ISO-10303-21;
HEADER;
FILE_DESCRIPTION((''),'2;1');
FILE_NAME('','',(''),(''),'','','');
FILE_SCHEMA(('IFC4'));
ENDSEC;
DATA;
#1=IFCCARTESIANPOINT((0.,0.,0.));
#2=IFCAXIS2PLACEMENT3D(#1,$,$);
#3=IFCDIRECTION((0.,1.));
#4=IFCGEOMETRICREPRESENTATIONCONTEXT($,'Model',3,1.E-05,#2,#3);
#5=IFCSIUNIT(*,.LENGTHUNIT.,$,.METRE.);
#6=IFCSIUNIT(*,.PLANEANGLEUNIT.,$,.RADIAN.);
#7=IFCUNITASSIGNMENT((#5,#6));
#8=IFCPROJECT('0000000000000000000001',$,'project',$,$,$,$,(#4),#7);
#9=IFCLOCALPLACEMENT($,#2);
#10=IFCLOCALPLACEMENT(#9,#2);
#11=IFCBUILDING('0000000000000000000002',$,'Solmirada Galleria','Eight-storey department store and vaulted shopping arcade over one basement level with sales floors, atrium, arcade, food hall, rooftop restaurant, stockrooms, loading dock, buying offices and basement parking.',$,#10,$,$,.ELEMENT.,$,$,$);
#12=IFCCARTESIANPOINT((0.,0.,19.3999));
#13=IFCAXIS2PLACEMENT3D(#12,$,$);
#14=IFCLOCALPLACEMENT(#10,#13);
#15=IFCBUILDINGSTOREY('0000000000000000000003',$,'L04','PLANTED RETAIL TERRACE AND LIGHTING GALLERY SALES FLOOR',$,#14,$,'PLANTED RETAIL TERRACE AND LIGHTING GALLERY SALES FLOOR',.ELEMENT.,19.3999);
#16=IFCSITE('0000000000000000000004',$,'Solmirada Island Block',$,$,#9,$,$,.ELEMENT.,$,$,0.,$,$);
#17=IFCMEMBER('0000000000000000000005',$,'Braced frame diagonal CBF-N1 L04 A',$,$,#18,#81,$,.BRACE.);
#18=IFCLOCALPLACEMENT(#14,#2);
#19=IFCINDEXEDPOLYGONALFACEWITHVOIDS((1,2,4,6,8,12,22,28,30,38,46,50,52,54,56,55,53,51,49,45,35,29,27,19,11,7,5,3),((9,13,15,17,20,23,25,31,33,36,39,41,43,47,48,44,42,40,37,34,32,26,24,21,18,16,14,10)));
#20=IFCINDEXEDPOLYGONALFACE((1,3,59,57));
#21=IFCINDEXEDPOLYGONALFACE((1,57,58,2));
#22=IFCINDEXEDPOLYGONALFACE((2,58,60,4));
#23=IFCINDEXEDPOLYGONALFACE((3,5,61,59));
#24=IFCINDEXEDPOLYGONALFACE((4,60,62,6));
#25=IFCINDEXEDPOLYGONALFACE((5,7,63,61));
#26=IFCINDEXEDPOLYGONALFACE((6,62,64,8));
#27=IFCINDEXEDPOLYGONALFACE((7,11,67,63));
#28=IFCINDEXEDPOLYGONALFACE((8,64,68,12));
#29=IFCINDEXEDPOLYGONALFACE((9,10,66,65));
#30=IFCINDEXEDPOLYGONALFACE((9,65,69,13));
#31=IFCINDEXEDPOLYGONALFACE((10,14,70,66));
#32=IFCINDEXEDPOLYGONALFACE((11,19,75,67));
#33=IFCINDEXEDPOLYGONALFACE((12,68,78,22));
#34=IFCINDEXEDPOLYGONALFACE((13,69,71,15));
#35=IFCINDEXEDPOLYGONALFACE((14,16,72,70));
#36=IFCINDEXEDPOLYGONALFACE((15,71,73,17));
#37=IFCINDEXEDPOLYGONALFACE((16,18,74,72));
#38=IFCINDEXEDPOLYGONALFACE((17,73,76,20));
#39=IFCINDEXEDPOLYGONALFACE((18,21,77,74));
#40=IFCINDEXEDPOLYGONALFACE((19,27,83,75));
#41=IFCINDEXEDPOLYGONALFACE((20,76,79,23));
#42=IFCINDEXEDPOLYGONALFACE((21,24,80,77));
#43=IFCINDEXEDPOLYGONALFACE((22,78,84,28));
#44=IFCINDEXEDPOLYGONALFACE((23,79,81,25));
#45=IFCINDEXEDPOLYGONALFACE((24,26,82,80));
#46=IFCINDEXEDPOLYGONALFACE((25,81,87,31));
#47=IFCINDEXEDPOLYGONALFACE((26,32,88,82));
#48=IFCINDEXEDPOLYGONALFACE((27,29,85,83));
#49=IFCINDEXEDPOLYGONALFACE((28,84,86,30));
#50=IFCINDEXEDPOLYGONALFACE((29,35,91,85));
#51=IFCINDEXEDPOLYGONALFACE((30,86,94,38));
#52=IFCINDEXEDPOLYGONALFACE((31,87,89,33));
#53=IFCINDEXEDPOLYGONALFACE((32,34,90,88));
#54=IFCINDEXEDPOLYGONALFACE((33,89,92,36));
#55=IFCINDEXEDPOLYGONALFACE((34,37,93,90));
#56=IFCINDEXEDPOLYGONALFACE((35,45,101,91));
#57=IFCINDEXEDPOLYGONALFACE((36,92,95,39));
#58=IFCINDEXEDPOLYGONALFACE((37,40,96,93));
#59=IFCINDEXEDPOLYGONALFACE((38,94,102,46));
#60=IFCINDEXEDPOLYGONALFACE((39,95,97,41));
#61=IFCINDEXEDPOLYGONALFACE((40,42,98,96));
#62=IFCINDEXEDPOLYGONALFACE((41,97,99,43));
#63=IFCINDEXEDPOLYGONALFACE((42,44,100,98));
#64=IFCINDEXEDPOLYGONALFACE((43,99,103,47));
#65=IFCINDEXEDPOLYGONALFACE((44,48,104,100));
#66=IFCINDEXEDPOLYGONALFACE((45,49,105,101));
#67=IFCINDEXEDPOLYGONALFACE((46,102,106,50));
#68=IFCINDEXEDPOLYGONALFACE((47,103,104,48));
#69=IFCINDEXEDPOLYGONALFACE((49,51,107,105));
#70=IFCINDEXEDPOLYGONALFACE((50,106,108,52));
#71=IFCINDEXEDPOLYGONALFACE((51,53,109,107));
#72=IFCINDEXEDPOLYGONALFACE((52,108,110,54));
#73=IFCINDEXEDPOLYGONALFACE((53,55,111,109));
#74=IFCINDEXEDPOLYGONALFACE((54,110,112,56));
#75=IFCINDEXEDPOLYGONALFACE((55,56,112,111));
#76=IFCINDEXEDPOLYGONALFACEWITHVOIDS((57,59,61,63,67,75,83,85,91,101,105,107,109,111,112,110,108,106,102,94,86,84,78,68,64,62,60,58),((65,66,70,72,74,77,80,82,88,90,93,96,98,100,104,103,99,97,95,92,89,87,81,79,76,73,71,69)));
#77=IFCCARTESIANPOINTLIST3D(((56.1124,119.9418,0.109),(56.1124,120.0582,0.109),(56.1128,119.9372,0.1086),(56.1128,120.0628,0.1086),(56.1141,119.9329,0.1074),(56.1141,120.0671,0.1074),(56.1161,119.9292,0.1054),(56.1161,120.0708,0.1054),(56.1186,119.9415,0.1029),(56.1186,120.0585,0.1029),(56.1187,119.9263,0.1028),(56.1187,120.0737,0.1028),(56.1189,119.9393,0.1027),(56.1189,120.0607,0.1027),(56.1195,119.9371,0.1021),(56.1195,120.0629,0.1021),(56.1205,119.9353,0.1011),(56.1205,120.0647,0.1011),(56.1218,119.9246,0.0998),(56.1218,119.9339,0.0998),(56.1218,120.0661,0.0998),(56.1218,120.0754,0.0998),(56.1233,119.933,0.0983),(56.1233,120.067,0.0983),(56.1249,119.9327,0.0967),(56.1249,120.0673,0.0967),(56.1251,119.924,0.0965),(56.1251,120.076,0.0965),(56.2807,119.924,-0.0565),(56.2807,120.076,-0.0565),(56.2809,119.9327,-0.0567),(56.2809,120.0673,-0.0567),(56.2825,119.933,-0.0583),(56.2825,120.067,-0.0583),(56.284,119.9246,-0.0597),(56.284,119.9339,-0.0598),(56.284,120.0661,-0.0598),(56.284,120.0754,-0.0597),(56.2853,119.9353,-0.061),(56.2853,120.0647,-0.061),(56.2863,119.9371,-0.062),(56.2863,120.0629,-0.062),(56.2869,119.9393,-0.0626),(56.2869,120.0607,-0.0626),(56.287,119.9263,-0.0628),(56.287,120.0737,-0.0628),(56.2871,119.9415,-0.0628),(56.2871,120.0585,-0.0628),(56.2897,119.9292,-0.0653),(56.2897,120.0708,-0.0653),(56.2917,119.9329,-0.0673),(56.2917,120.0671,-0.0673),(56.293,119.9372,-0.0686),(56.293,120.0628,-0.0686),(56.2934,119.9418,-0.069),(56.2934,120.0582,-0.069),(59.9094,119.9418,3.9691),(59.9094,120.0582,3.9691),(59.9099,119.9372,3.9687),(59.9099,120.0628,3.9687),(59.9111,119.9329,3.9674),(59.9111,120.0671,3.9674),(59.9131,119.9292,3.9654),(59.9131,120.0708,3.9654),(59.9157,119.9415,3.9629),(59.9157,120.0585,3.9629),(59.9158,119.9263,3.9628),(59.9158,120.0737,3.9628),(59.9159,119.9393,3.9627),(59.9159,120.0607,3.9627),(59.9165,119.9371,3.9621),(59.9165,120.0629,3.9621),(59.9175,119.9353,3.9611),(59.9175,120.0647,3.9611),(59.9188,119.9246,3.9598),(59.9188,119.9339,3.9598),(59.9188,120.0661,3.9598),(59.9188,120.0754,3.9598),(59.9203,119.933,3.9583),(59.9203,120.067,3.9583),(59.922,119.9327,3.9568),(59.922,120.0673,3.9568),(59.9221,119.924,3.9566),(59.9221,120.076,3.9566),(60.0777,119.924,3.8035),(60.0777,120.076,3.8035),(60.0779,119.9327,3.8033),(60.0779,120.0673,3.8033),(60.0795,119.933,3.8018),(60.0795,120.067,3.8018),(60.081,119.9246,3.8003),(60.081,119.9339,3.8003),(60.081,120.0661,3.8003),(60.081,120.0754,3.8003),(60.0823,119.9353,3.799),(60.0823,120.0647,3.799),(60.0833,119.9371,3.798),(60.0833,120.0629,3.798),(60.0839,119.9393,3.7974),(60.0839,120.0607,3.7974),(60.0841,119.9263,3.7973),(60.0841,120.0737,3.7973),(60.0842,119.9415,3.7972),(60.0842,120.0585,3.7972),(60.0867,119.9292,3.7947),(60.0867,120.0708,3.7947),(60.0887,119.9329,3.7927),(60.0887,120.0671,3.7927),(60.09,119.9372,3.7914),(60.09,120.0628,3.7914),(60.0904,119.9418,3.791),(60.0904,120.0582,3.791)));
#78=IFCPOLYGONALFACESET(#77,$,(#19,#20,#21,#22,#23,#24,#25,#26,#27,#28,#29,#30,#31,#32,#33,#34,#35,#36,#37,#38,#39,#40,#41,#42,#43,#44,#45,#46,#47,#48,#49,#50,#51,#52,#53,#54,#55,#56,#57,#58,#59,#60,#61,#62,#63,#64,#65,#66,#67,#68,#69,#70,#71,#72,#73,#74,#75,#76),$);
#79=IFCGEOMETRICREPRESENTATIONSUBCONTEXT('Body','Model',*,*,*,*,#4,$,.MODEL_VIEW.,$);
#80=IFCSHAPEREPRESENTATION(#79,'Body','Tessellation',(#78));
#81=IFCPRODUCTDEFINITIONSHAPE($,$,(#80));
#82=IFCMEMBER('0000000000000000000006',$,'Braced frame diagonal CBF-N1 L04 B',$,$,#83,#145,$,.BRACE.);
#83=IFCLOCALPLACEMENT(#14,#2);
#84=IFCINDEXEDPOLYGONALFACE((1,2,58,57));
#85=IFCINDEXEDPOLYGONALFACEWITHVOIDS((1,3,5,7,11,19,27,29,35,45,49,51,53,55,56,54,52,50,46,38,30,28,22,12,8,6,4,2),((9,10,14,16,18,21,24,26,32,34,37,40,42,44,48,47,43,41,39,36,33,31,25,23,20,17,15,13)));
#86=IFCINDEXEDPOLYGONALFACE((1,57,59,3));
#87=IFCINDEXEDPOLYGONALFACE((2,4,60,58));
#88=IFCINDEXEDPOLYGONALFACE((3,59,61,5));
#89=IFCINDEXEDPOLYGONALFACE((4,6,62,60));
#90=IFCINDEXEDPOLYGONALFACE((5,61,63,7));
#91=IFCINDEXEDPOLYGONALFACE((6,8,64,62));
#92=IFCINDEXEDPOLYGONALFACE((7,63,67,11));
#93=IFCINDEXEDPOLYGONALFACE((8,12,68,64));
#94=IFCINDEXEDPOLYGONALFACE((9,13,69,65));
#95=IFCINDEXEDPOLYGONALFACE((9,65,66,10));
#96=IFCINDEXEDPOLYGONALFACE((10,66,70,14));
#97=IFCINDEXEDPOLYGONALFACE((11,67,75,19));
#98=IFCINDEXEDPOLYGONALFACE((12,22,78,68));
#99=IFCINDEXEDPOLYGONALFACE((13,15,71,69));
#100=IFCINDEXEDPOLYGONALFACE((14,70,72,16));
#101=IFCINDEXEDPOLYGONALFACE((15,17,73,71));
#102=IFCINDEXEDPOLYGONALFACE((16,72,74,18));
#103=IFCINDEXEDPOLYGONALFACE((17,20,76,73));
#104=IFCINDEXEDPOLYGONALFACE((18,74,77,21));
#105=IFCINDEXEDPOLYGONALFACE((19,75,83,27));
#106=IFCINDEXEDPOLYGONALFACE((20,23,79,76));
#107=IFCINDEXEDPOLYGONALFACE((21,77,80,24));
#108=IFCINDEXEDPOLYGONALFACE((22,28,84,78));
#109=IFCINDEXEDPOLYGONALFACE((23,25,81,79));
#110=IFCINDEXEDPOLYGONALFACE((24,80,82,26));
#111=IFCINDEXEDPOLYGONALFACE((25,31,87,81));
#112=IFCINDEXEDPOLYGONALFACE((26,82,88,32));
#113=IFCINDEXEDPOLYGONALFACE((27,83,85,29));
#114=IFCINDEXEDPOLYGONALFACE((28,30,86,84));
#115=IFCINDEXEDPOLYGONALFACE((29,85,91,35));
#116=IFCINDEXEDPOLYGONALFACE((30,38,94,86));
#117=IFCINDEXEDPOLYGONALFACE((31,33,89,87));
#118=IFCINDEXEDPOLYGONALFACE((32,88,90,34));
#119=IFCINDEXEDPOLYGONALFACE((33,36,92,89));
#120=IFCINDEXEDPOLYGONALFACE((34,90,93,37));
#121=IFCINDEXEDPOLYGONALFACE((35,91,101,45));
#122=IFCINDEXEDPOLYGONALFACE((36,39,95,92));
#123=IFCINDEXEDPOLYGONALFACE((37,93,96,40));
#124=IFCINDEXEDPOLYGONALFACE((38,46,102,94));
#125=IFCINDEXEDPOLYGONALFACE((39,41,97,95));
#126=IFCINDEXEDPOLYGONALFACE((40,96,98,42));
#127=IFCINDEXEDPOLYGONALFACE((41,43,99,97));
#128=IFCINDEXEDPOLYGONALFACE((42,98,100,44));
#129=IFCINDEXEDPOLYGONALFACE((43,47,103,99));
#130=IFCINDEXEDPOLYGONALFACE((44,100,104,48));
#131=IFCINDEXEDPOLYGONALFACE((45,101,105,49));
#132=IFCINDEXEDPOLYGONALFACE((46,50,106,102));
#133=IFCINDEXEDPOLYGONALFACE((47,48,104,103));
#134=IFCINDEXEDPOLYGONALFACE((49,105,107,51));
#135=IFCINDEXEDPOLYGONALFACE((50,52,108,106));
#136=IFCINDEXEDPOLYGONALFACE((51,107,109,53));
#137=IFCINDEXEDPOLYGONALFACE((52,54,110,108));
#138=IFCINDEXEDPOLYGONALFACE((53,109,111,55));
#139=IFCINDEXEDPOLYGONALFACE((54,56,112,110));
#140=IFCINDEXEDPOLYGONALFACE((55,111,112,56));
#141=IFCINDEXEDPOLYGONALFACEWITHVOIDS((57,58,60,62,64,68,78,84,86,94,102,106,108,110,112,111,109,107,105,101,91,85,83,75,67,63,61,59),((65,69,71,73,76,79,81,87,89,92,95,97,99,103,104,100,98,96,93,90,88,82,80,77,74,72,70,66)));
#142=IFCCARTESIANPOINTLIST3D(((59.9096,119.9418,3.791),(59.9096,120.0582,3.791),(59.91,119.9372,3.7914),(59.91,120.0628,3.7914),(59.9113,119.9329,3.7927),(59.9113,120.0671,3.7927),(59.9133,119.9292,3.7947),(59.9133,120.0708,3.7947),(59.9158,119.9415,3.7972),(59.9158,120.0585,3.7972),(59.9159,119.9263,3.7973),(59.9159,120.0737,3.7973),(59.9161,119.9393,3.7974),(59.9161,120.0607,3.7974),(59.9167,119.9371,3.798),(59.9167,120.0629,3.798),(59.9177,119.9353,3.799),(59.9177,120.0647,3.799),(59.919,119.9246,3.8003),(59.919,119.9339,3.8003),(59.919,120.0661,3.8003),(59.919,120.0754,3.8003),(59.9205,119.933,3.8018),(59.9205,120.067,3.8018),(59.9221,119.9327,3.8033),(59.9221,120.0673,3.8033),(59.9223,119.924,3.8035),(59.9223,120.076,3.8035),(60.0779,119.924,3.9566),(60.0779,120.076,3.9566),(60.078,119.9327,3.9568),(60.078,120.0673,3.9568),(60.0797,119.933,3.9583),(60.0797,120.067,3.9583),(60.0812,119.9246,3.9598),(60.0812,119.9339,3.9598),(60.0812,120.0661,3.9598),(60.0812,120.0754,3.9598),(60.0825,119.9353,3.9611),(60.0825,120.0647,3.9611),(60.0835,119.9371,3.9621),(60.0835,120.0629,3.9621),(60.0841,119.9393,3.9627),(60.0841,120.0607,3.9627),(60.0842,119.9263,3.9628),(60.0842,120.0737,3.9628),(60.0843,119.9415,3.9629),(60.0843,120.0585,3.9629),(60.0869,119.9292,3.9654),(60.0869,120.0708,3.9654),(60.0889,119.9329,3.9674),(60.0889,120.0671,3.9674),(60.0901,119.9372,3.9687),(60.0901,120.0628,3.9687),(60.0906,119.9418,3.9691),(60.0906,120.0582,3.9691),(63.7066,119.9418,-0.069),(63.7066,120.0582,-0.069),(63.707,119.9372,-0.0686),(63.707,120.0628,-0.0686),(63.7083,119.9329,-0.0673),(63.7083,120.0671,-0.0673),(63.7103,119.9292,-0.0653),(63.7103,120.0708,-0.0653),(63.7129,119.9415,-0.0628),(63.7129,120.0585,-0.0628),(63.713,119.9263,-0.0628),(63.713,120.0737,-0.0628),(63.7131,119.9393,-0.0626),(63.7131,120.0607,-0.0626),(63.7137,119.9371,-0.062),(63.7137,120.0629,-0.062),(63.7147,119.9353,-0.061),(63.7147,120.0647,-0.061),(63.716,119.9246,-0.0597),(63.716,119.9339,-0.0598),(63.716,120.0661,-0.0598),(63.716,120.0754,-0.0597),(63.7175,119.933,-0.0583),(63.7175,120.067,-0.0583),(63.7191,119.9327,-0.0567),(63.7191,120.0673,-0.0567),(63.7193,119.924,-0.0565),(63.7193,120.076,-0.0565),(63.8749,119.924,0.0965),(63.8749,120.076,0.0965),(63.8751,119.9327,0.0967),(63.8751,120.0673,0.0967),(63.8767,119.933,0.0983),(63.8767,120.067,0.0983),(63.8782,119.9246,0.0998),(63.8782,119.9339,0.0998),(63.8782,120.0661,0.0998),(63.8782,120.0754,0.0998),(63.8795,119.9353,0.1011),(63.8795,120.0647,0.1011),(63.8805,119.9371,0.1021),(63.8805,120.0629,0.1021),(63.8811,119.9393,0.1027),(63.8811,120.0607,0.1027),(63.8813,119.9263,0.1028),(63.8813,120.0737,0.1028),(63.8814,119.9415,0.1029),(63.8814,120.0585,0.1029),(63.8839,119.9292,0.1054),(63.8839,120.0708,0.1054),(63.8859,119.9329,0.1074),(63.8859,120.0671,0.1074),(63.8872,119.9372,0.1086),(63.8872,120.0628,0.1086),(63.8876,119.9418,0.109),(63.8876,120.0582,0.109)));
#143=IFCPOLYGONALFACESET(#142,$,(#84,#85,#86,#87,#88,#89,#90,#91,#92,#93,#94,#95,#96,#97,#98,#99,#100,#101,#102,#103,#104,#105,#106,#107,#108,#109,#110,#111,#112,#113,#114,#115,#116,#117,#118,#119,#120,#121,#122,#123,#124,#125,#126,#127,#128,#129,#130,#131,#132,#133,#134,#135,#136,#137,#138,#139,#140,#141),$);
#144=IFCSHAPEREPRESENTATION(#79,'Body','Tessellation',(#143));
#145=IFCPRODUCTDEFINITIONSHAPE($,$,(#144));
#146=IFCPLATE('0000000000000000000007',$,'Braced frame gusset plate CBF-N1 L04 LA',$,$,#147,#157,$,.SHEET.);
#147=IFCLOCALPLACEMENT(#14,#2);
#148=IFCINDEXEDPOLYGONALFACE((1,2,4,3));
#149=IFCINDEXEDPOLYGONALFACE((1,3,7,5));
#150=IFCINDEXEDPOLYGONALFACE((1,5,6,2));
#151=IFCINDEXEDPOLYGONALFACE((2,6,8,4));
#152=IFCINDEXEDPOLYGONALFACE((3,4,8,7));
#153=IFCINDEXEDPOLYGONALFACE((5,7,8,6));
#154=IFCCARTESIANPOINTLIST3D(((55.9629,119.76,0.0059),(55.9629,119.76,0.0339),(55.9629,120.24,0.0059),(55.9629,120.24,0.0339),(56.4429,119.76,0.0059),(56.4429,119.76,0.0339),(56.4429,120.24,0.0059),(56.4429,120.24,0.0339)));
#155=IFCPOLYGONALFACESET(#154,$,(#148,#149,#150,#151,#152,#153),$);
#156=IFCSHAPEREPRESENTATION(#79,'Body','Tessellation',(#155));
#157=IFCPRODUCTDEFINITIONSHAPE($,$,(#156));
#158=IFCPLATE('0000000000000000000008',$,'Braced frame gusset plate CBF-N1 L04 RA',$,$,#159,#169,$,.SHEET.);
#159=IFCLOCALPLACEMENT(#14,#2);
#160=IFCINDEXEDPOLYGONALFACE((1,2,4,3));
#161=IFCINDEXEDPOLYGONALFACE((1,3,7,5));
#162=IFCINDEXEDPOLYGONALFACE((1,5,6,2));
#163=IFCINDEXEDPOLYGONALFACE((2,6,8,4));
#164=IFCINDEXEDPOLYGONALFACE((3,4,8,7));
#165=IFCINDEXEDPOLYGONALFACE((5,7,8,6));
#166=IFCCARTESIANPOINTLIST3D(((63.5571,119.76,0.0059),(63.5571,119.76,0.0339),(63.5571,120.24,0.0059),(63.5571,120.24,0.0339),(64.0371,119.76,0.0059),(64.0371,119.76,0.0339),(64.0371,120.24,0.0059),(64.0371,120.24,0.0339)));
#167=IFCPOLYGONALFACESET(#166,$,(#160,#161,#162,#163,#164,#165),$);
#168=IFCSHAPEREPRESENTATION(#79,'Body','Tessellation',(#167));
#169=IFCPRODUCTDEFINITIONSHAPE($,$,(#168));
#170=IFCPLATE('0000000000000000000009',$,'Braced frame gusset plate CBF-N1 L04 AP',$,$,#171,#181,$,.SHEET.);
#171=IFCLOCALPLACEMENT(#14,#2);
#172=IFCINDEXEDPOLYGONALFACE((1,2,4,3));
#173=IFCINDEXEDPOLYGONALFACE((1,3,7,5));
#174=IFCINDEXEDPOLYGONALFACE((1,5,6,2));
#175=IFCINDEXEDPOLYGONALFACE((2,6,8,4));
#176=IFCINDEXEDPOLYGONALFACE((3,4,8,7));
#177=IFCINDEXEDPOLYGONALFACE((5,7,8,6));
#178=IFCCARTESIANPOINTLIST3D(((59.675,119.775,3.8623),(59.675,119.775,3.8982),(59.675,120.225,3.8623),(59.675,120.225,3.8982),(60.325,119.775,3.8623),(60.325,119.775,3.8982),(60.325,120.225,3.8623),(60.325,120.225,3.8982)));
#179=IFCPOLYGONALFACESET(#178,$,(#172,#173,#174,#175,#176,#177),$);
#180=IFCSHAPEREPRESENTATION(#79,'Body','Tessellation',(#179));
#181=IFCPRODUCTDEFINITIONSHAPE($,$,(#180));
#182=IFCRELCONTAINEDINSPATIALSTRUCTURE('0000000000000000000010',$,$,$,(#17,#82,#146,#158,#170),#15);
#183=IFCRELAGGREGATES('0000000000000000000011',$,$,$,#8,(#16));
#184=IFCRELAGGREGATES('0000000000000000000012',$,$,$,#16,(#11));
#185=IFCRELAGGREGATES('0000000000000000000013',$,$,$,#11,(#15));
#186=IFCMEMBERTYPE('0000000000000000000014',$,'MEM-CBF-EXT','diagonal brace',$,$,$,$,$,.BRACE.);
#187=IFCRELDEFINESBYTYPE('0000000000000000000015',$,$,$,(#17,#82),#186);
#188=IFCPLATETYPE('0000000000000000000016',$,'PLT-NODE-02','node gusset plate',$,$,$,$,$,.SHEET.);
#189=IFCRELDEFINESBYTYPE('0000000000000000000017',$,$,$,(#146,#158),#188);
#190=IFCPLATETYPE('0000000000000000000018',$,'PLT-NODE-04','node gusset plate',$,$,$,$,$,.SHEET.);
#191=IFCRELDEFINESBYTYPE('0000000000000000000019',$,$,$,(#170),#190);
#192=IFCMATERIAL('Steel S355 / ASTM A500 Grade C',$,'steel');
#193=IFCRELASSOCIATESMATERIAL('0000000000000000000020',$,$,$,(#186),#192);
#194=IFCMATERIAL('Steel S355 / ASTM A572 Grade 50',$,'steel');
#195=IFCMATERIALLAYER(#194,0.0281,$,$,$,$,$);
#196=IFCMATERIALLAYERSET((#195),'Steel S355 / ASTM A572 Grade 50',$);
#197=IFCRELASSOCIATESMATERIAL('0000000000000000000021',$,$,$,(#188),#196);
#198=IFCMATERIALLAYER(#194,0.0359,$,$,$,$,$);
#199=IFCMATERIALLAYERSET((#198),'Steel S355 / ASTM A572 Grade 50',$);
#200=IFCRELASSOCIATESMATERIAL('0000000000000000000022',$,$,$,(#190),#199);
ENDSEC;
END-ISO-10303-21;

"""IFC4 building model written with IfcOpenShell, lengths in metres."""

from ifc_helpers import new_model, si_unit, direction, frame, origin, origin_2d, place, context, subcontext, project, spatial, rectangle, hollow_rectangle, extrude, material, layer, layer_set, material_profile, profile_set, type_object, element, save


model = new_model("IFC4")

# Units and contexts
model_context = context("Model", 3, precision=1e-05, world=origin(), true_north=direction((0.0, 1.0)))
body_context = subcontext(model_context, "Body", "Model", "MODEL_VIEW")
ifc_project = project(units=[si_unit("LENGTHUNIT", "METRE"), si_unit("PLANEANGLEUNIT", "RADIAN")], contexts=[model_context])

# Site, building, storey
site_placement = place(None, origin())
site = spatial("IfcSite", under=ifc_project, at=site_placement, Name="Solmirada Island Block", CompositionType="ELEMENT", RefElevation=0.0)
building_placement = place(site_placement, origin())
building = spatial("IfcBuilding", under=site, at=building_placement, Name="Solmirada Galleria", Description="Eight-storey department store and vaulted shopping arcade over one basement level with sales floors, atrium, arcade, food hall, rooftop restaurant, stockrooms, loading dock, buying offices and basement parking.", CompositionType="ELEMENT")
storey_placement = place(building_placement, frame((0.0, 0.0, 19.3999)))
storey = spatial("IfcBuildingStorey", under=building, at=storey_placement, Name="L04", Description="PLANTED RETAIL TERRACE AND LIGHTING GALLERY SALES FLOOR", LongName="PLANTED RETAIL TERRACE AND LIGHTING GALLERY SALES FLOOR", CompositionType="ELEMENT", Elevation=19.3999)

# Shared definitions
ifc_material_1 = material(Name="Steel S355 / ASTM A500 Grade C", Category="steel")

# Members
ifc_material_profile_1 = material_profile(ifc_material_1, hollow_rectangle(XDim=0.1521, YDim=0.2539, WallThickness=0.0088, InnerFilletRadius=0.0088, OuterFilletRadius=0.0178, at=origin_2d()), Name="HSS10X6X3/8")
ifc_profile_set_1 = profile_set([ifc_material_profile_1], Name="Steel S355 / ASTM A500 Grade C")
member_type = type_object("IfcMemberType", Name="MEM-CBF-EXT", Description="diagonal brace", PredefinedType="BRACE", material=ifc_profile_set_1)
for number, where, z_axis, x_axis, name in (
    (1, (56.2029, 120.0, 0.02), (0.701266, 0.0, 0.712899), (0.0, 1.0, 0.0), "Braced frame diagonal CBF-N1 L04 A"),
    (2, (63.7971, 120.0, 0.02), (-0.701266, 0.0, 0.712899), (0.0, -1.0, 0.0), "Braced frame diagonal CBF-N1 L04 B"),
):
    element("IfcMember", number, at=place(storey_placement, frame(where, z_axis=z_axis, x_axis=x_axis)), inside=storey, type_object=member_type, Name=name, PredefinedType="BRACE", context=body_context, shape_type="SweptSolid", body=[
        extrude(hollow_rectangle(XDim=0.1521, YDim=0.2539, WallThickness=0.0088, InnerFilletRadius=0.0088, OuterFilletRadius=0.0178, at=origin_2d()), origin(), (0.0, 0.0, 1.0), 5.4146),
    ])

# Plates
ifc_material_2 = material(Name="Steel S355 / ASTM A572 Grade 50", Category="steel")
ifc_layer_1 = layer(ifc_material_2, 0.0281)
ifc_layer_set_1 = layer_set([ifc_layer_1], Name="Steel S355 / ASTM A572 Grade 50")
plate_type_1 = type_object("IfcPlateType", Name="PLT-NODE-02", Description="node gusset plate", PredefinedType="SHEET", material=ifc_layer_set_1)
for number, where, z_axis, x_axis, name in (
    (3, (56.2029, 120.0, 0.0059), (0.0, 0.0, 1.0), (1.0, 0.0, 0.0), "Braced frame gusset plate CBF-N1 L04 LA"),
    (4, (63.7971, 120.0, 0.0059), (0.0, 0.0, 1.0), (1.0, 0.0, 0.0), "Braced frame gusset plate CBF-N1 L04 RA"),
):
    element("IfcPlate", number, at=place(storey_placement, frame(where, z_axis=z_axis, x_axis=x_axis)), inside=storey, type_object=plate_type_1, Name=name, PredefinedType="SHEET", context=body_context, shape_type="SweptSolid", body=[
        extrude(rectangle(XDim=0.48, YDim=0.48, at=origin_2d()), origin(), (0.0, 0.0, 1.0), 0.0281),
    ])
ifc_layer_2 = layer(ifc_material_2, 0.0359)
ifc_layer_set_2 = layer_set([ifc_layer_2], Name="Steel S355 / ASTM A572 Grade 50")
plate_type_2 = type_object("IfcPlateType", Name="PLT-NODE-04", Description="node gusset plate", PredefinedType="SHEET", material=ifc_layer_set_2)
plate_placement = place(storey_placement, frame((60.0, 120.0, 3.8623), z_axis=(0.0, 0.0, 1.0), x_axis=(1.0, 0.0, 0.0)))
element("IfcPlate", 5, at=plate_placement, inside=storey, type_object=plate_type_2, Name="Braced frame gusset plate CBF-N1 L04 AP", PredefinedType="SHEET", context=body_context, shape_type="SweptSolid", body=[
    extrude(rectangle(XDim=0.6499, YDim=0.45, at=origin_2d()), origin(), (0.0, 0.0, 1.0), 0.0359),
])

save(model, "model.ifc")
